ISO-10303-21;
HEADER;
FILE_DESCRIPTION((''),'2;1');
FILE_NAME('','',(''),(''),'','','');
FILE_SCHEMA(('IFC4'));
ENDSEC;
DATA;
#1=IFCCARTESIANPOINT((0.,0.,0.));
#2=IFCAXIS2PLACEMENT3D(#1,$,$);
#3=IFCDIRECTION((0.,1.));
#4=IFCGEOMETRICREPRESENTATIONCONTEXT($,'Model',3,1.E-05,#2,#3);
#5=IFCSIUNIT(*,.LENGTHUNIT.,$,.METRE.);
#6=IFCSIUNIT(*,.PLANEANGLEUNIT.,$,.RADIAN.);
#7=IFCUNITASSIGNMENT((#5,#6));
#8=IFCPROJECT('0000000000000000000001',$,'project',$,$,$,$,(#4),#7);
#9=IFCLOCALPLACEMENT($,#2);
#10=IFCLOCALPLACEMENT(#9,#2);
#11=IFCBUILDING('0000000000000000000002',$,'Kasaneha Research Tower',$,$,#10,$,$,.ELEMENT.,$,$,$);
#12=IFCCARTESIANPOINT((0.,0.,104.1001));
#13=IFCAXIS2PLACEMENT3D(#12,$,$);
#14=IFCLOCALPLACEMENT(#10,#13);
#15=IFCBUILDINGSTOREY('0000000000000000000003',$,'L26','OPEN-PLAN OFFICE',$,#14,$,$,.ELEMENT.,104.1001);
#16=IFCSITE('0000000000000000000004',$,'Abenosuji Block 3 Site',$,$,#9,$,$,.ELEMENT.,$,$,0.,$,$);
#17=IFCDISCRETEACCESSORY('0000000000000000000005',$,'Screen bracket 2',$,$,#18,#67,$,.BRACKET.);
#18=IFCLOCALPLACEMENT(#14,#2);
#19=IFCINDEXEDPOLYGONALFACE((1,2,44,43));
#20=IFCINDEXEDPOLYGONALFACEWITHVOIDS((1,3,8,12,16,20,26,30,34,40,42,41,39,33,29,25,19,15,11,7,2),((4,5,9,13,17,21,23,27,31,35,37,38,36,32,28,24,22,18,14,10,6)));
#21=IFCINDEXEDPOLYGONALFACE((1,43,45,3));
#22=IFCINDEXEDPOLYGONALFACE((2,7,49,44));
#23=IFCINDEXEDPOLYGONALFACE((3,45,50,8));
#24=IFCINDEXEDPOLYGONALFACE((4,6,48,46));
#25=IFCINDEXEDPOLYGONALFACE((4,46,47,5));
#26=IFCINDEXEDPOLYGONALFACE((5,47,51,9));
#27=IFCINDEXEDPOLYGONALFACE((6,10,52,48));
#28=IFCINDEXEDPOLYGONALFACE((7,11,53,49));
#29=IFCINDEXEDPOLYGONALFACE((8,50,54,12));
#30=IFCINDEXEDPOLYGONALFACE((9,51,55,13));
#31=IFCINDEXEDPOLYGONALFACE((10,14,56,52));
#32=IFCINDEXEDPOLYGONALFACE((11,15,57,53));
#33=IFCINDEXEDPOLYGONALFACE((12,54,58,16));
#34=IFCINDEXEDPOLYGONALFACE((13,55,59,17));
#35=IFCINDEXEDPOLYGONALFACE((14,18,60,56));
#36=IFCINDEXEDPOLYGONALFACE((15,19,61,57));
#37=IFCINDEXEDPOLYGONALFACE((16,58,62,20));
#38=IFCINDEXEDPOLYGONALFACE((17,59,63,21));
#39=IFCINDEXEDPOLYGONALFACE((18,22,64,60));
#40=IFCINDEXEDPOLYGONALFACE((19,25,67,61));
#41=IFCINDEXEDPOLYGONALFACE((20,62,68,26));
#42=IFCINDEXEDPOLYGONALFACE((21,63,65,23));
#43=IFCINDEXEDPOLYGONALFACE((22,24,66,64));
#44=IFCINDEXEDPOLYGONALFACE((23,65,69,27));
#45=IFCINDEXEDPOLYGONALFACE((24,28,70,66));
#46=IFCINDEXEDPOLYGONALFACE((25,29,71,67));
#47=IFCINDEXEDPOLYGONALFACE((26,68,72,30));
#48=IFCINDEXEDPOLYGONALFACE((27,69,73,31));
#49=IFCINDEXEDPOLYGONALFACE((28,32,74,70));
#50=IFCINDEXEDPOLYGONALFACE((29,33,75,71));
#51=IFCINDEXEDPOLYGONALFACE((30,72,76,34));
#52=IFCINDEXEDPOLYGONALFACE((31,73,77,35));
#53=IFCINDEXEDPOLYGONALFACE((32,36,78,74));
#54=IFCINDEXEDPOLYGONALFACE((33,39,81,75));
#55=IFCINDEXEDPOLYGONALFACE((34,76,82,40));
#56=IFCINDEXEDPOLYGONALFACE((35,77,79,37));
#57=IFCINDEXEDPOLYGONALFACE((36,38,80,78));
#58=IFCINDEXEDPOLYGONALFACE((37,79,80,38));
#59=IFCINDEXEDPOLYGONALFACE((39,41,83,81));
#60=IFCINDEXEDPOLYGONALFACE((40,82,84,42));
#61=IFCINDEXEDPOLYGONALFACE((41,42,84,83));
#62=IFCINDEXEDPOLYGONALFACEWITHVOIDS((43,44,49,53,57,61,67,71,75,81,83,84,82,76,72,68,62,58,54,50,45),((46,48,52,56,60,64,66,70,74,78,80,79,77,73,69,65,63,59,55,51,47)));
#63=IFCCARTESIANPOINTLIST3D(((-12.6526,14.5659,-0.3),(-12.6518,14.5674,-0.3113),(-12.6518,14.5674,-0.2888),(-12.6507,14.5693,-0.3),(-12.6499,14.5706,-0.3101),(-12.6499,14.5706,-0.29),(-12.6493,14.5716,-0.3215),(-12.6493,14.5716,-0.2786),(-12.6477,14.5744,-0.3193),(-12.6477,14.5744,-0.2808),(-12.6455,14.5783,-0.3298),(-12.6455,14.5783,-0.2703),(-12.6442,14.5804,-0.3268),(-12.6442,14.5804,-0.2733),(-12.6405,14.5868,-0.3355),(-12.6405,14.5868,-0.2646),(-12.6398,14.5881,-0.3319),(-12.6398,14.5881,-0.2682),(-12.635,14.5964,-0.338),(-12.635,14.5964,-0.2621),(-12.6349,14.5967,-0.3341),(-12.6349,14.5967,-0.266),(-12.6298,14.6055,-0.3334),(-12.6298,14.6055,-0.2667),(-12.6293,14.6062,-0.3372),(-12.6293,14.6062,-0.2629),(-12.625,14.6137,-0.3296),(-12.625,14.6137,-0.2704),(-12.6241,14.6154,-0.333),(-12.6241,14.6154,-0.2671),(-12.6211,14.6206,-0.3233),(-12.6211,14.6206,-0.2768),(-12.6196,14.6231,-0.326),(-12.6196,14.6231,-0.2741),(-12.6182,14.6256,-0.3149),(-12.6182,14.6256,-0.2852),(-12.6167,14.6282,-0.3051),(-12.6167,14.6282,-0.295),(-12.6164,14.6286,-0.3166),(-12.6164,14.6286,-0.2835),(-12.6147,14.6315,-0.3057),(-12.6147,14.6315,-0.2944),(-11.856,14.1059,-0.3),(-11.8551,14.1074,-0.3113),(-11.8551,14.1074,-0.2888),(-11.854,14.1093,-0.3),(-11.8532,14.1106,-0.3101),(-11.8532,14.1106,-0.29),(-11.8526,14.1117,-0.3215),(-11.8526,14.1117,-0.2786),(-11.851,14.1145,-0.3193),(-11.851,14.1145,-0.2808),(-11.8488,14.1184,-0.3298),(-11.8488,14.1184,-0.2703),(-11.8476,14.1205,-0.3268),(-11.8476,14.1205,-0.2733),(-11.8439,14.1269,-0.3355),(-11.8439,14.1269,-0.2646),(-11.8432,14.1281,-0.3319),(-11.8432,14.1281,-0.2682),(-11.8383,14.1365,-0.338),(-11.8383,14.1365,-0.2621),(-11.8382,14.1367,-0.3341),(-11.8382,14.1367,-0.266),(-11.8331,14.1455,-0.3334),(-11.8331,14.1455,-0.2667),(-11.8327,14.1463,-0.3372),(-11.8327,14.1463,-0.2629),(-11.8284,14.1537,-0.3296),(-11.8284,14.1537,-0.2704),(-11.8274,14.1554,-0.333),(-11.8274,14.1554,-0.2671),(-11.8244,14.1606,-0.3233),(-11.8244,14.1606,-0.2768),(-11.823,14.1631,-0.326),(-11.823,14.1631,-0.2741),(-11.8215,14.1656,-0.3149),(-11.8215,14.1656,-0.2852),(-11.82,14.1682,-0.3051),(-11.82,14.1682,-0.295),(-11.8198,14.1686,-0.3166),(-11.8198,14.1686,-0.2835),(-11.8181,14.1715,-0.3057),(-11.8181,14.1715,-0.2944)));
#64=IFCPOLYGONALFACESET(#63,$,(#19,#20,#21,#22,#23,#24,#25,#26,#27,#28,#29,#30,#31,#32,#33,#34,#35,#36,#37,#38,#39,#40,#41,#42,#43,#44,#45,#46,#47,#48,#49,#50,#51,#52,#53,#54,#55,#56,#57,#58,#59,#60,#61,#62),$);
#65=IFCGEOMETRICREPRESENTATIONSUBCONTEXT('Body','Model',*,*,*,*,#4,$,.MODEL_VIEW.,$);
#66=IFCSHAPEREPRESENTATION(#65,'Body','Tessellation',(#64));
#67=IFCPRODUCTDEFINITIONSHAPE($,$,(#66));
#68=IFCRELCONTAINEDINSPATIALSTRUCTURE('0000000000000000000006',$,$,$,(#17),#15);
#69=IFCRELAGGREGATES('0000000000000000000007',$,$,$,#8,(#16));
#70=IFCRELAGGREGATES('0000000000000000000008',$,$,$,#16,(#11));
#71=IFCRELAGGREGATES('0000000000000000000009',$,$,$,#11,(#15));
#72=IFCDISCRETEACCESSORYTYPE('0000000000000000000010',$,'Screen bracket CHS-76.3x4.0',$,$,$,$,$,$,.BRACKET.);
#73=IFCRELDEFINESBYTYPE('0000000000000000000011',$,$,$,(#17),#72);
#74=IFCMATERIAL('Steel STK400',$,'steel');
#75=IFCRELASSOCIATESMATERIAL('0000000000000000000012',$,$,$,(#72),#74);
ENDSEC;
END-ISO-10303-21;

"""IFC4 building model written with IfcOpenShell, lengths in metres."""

from ifc_helpers import new_model, si_unit, direction, frame, origin, origin_2d, place, context, subcontext, project, spatial, hollow_circle, extrude, material, material_profile, profile_set, type_object, element, save


model = new_model("IFC4")

# Units and contexts
model_context = context("Model", 3, precision=1e-05, world=origin(), true_north=direction((0.0, 1.0)))
body_context = subcontext(model_context, "Body", "Model", "MODEL_VIEW")
ifc_project = project(units=[si_unit("LENGTHUNIT", "METRE"), si_unit("PLANEANGLEUNIT", "RADIAN")], contexts=[model_context])

# Site, building, storey
site_placement = place(None, origin())
site = spatial("IfcSite", under=ifc_project, at=site_placement, Name="Abenosuji Block 3 Site", CompositionType="ELEMENT", RefElevation=0.0)
building_placement = place(site_placement, origin())
building = spatial("IfcBuilding", under=site, at=building_placement, Name="Kasaneha Research Tower", CompositionType="ELEMENT")
storey_placement = place(building_placement, frame((0.0, 0.0, 104.1001)))
storey = spatial("IfcBuildingStorey", under=building, at=storey_placement, Name="L26", Description="OPEN-PLAN OFFICE", CompositionType="ELEMENT", Elevation=104.1001)

# Discrete accessory
ifc_material_1 = material(Name="Steel STK400", Category="steel")
ifc_material_profile_1 = material_profile(ifc_material_1, hollow_circle(Radius=0.0381, WallThickness=0.0039, at=origin_2d()), Name="CHS-76.3x4.0")
ifc_profile_set_1 = profile_set([ifc_material_profile_1], Name="Steel STK400")
discrete_accessory_type = type_object("IfcDiscreteAccessoryType", Name="Screen bracket CHS-76.3x4.0", PredefinedType="BRACKET", material=ifc_profile_set_1)
discrete_accessory_1_placement = place(storey_placement, frame((-11.8369, 14.1389, -0.3), z_axis=(-0.866013, 0.500021, 0.0), x_axis=(-0.500021, -0.866013, 0.0)))
element("IfcDiscreteAccessory", 1, at=discrete_accessory_1_placement, inside=storey, type_object=discrete_accessory_type, Name="Screen bracket 2", PredefinedType="BRACKET", context=body_context, shape_type="SweptSolid", body=[
    extrude(hollow_circle(Radius=0.0381, WallThickness=0.0039, at=origin_2d()), origin(), (0.0, 0.0, 1.0), 0.9199),
])

save(model, "model.ifc")
